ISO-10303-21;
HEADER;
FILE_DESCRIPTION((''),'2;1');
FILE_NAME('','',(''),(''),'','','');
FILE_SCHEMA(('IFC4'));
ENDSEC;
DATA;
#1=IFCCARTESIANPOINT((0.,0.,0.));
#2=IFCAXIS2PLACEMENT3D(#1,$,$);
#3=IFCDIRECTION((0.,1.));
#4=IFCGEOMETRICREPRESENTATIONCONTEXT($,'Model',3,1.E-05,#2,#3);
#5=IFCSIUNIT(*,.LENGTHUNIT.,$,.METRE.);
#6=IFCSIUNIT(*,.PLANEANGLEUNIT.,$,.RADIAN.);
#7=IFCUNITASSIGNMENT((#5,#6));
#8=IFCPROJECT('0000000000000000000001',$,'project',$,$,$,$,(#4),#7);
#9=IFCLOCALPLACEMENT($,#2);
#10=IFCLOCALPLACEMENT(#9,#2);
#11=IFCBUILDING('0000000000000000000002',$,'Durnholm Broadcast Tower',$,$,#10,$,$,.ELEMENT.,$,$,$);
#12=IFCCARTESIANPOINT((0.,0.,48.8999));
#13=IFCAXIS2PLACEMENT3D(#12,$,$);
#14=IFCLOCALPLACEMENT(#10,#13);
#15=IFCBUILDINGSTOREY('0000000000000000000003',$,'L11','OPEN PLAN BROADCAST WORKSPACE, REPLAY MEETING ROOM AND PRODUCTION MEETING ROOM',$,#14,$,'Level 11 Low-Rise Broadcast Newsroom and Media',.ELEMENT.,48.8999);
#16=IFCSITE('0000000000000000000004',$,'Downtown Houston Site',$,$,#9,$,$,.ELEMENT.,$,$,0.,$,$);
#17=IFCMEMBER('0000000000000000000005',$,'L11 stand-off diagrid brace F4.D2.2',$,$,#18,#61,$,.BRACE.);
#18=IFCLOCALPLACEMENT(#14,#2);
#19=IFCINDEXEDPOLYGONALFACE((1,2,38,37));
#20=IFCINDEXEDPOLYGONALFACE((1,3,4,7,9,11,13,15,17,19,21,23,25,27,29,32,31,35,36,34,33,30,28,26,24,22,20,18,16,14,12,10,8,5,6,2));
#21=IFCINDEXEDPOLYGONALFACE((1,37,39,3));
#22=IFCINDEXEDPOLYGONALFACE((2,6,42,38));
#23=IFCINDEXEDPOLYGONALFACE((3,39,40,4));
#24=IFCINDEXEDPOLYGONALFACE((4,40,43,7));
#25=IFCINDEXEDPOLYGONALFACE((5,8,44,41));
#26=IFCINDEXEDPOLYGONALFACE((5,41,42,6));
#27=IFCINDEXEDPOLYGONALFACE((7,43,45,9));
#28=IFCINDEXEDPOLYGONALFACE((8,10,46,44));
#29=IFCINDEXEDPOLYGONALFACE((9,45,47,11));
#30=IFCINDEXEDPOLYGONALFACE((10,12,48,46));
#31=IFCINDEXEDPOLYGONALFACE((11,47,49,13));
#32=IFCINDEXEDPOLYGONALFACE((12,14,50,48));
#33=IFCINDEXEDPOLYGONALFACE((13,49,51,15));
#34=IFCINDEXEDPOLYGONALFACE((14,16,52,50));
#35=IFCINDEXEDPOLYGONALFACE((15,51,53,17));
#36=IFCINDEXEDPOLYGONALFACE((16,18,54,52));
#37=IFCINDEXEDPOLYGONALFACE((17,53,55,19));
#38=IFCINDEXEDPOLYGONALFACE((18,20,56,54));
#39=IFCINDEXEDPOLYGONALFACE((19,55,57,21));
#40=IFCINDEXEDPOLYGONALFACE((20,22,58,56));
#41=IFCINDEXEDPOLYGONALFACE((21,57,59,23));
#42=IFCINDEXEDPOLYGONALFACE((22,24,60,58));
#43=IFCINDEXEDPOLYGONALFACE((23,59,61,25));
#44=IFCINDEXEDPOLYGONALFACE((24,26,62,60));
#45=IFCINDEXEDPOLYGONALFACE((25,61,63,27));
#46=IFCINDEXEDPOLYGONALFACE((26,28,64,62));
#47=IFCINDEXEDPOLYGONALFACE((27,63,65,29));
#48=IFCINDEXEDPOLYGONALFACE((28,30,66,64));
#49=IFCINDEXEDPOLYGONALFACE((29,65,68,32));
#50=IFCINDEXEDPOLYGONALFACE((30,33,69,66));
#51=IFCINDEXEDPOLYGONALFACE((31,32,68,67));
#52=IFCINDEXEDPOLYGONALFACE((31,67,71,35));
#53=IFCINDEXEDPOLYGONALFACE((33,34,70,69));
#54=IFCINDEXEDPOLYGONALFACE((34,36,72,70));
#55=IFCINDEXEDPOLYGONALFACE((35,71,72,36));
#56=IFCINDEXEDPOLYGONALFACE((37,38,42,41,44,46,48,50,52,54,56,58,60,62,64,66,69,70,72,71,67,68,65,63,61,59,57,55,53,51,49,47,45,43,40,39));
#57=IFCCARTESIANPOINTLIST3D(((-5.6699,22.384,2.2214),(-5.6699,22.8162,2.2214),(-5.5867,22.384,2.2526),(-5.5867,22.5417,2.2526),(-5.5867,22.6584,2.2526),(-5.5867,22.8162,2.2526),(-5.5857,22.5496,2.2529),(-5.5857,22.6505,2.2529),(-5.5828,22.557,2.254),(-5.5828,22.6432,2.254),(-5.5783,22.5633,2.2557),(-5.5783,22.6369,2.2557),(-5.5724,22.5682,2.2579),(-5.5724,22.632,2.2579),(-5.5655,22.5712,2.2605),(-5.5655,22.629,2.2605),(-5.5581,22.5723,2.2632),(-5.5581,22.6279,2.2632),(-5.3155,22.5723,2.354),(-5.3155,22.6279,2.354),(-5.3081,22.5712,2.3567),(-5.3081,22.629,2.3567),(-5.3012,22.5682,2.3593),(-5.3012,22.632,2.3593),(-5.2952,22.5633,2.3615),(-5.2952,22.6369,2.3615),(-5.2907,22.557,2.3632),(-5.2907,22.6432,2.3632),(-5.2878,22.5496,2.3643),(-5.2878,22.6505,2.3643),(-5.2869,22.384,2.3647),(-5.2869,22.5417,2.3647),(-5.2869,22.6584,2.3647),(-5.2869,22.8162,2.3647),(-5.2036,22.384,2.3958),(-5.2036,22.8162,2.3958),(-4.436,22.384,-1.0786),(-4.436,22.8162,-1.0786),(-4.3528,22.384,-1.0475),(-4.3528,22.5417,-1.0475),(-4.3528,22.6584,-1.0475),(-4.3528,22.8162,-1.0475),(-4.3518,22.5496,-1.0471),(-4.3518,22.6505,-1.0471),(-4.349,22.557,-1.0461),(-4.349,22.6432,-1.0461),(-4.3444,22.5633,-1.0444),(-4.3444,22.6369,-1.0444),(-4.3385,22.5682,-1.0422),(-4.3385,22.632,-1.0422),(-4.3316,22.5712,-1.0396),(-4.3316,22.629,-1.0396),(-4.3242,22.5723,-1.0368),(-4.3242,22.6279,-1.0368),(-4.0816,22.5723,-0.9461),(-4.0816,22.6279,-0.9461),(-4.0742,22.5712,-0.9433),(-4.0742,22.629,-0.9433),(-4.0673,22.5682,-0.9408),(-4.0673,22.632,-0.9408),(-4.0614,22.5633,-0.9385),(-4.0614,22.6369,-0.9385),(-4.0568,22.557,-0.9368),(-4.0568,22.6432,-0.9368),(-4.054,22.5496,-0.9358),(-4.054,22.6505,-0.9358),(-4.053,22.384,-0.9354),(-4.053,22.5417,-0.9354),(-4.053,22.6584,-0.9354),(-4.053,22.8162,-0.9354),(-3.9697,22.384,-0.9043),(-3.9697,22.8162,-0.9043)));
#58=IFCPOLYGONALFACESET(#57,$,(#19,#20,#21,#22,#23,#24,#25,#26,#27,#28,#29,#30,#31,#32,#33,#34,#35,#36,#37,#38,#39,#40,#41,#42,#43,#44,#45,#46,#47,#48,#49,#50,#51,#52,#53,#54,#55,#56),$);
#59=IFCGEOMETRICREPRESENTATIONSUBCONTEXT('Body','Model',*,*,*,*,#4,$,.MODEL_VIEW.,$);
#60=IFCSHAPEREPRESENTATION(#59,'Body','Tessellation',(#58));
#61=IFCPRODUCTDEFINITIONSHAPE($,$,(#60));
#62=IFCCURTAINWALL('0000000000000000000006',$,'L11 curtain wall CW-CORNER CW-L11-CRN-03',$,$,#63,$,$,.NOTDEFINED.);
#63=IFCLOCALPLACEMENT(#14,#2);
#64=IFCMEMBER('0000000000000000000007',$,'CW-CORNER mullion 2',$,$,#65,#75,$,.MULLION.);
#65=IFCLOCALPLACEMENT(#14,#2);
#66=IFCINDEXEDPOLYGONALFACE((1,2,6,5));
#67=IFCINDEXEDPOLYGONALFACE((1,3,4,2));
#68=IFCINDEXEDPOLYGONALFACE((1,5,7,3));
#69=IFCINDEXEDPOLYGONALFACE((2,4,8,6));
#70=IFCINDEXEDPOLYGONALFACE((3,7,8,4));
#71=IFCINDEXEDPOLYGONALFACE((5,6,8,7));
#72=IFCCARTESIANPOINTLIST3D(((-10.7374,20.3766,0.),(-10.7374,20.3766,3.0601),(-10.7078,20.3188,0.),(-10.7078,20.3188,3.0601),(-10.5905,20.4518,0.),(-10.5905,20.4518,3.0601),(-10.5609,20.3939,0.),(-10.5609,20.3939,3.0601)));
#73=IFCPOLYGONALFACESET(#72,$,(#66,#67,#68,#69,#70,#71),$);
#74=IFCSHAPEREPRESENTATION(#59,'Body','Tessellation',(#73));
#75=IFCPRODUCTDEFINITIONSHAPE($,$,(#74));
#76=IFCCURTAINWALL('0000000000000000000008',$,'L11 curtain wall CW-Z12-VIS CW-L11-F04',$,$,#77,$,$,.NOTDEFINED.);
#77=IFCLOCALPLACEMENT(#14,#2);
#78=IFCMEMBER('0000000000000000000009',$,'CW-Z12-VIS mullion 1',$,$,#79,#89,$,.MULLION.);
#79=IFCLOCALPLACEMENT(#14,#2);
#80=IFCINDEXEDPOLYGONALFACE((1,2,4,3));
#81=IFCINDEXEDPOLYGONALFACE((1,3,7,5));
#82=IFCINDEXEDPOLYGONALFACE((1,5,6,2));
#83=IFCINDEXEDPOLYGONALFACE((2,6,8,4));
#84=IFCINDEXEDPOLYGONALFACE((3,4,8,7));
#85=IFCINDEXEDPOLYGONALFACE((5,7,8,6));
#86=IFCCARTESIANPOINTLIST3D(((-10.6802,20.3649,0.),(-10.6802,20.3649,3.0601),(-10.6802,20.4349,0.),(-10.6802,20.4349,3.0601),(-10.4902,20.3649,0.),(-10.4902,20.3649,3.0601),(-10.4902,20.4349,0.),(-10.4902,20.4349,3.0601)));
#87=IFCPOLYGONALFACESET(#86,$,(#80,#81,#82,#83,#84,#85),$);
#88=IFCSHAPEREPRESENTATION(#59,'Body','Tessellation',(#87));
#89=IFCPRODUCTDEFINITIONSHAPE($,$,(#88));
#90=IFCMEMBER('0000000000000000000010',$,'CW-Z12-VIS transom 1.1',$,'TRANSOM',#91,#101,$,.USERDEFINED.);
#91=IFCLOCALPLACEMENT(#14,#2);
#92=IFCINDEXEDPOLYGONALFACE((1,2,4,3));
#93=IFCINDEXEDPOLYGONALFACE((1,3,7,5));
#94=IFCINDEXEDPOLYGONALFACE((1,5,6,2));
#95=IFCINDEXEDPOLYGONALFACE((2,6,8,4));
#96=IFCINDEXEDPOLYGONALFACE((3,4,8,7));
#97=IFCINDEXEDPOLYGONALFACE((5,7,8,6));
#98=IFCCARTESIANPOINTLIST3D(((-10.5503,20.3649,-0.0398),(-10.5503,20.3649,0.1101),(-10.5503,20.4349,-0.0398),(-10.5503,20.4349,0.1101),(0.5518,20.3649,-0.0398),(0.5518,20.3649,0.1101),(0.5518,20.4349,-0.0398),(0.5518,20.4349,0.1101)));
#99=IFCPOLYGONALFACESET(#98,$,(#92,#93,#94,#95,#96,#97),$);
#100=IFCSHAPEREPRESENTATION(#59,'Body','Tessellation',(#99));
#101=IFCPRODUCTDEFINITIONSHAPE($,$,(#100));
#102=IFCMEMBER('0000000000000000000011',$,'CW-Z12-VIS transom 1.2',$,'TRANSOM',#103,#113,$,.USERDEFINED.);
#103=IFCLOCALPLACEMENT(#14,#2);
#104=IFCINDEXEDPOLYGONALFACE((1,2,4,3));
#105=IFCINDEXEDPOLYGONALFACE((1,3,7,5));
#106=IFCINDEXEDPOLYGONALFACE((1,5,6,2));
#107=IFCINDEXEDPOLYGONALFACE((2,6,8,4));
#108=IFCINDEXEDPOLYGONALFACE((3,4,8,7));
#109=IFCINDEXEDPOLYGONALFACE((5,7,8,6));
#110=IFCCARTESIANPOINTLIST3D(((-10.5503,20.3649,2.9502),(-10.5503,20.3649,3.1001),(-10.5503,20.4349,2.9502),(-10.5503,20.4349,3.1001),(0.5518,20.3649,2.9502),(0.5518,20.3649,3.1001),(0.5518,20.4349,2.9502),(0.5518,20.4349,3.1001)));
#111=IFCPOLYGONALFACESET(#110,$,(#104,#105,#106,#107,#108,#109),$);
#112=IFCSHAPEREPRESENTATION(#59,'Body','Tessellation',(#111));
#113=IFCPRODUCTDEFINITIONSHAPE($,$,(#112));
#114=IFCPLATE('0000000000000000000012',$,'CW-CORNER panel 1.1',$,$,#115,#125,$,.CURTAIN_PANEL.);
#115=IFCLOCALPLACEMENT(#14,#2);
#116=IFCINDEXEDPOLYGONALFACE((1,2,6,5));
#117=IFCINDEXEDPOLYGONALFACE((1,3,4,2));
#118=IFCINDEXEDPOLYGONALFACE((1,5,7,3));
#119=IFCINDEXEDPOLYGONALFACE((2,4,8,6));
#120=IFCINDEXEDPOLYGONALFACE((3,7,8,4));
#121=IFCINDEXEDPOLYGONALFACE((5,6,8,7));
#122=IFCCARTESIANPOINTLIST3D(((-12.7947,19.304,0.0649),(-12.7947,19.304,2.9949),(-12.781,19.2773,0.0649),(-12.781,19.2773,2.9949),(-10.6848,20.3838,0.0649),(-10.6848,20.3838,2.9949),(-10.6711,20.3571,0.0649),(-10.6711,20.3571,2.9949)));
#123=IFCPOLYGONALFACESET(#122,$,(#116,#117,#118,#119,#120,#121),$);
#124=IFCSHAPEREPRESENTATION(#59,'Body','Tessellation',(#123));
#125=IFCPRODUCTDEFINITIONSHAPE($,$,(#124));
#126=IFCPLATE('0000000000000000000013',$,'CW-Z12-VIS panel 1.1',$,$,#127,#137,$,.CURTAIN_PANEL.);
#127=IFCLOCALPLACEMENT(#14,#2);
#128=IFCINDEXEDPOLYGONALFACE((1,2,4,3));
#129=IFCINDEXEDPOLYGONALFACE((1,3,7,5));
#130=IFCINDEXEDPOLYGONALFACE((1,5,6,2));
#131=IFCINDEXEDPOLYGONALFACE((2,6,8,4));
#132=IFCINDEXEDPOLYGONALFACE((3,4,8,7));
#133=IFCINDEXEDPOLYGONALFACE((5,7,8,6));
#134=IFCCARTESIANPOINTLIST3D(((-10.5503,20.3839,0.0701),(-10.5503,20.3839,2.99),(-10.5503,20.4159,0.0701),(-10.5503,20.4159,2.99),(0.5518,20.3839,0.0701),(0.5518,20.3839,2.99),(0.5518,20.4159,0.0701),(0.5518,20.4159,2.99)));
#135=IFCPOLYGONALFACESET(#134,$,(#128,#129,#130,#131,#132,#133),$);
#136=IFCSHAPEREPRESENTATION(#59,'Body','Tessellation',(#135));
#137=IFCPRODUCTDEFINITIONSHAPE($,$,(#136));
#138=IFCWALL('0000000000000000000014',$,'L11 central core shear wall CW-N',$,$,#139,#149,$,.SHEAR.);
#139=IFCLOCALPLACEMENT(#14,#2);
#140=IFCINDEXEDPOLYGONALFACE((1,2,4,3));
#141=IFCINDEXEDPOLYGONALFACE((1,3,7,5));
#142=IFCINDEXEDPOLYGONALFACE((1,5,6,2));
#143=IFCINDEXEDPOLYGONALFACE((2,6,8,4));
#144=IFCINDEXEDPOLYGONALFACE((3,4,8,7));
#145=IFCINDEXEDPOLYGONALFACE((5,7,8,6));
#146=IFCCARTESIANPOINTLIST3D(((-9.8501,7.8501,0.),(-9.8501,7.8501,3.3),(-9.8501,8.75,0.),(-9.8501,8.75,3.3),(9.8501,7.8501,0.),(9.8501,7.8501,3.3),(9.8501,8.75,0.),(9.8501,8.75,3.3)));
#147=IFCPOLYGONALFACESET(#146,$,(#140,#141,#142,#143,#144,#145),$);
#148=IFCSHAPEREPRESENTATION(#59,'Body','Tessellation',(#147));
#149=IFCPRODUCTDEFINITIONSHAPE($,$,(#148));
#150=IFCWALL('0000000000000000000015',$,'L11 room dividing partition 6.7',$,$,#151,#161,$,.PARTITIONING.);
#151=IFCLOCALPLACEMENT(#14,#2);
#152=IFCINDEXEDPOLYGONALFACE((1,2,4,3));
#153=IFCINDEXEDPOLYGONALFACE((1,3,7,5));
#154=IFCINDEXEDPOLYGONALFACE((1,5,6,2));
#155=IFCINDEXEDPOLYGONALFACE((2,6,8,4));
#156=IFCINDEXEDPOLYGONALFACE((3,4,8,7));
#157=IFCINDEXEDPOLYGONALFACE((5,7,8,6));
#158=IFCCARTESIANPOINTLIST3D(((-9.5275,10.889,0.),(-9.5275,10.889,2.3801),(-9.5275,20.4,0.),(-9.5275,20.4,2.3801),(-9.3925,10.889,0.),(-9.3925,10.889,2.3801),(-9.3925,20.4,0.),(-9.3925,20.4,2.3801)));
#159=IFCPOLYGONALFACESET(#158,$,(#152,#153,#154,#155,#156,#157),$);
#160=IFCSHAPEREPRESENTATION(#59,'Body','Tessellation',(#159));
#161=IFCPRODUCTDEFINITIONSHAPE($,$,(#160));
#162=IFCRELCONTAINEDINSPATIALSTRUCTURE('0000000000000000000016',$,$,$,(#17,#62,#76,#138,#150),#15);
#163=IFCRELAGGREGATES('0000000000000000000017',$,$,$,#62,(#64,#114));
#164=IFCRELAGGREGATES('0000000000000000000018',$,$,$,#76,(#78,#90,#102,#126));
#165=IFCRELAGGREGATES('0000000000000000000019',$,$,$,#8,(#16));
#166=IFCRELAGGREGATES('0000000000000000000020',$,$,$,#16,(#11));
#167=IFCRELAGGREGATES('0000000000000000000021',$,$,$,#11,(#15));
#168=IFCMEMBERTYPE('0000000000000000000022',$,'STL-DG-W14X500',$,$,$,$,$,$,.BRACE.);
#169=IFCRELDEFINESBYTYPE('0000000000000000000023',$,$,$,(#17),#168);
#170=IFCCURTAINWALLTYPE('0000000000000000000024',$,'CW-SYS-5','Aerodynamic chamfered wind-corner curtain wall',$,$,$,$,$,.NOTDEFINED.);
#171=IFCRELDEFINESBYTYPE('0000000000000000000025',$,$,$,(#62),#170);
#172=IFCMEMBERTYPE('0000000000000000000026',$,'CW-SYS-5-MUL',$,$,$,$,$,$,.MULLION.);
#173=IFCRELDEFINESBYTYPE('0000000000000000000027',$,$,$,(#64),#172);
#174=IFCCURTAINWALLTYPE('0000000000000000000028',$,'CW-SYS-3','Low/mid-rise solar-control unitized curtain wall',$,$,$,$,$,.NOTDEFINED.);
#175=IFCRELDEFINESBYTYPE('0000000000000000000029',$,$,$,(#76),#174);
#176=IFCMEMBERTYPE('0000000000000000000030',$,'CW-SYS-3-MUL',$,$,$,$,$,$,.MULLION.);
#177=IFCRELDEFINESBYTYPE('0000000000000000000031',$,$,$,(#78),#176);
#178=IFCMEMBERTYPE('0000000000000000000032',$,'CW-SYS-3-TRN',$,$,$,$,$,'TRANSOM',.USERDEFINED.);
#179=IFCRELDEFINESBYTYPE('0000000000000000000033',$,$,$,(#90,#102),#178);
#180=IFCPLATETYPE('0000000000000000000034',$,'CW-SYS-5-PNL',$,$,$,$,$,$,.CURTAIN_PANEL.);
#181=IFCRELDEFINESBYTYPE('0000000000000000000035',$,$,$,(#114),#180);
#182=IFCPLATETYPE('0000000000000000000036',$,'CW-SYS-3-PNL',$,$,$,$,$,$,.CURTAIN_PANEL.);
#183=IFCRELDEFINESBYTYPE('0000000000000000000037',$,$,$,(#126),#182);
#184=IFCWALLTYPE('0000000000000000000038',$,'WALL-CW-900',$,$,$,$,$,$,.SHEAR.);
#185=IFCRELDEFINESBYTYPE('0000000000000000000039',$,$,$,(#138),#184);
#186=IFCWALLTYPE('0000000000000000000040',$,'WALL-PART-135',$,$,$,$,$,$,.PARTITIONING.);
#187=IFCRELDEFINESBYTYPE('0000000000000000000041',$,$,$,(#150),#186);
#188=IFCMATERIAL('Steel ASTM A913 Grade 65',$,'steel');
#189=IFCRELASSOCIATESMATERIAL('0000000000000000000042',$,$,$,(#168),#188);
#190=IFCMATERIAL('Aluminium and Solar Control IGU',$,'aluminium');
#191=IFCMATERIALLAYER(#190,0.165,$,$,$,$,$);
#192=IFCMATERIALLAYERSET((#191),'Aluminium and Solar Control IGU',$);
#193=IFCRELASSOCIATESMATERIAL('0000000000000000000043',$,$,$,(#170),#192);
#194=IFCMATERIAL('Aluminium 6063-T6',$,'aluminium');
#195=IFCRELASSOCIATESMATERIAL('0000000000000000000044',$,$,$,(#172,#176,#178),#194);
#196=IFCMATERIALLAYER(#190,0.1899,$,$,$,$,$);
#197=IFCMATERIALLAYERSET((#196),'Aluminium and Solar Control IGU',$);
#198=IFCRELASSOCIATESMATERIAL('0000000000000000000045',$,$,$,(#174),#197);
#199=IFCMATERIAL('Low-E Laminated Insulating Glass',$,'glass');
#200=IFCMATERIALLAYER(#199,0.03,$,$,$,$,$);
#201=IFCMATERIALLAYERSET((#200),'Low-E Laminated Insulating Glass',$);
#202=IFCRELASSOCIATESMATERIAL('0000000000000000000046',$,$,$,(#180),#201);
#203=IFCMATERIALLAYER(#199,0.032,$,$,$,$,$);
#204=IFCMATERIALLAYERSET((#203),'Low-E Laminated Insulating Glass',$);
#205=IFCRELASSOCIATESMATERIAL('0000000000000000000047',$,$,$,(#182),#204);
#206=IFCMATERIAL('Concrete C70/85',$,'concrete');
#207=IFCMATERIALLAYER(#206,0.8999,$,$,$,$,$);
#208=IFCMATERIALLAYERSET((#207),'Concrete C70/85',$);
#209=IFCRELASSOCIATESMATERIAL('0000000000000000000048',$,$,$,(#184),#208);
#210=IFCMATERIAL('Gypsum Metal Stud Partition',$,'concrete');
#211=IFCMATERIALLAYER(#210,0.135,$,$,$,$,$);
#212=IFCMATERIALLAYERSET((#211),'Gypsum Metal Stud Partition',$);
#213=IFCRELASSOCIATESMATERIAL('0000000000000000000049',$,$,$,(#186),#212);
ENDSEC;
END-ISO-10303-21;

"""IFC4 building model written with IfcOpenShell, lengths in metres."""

from ifc_helpers import new_model, si_unit, direction, frame, frame_2d, origin, origin_2d, place, context, subcontext, project, spatial, rectangle, i_section, extrude, source, transform, mapped, material, layer, layer_set, material_profile, profile_set, type_object, type_shapes, element, aggregate, save


model = new_model("IFC4")

# Units and contexts
model_context = context("Model", 3, precision=1e-05, world=origin(), true_north=direction((0.0, 1.0)))
body_context = subcontext(model_context, "Body", "Model", "MODEL_VIEW")
ifc_project = project(units=[si_unit("LENGTHUNIT", "METRE"), si_unit("PLANEANGLEUNIT", "RADIAN")], contexts=[model_context])

# Site, building, storey
site_placement = place(None, origin())
site = spatial("IfcSite", under=ifc_project, at=site_placement, Name="Downtown Houston Site", CompositionType="ELEMENT", RefElevation=0.0)
building_placement = place(site_placement, origin())
building = spatial("IfcBuilding", under=site, at=building_placement, Name="Durnholm Broadcast Tower", CompositionType="ELEMENT")
storey_placement = place(building_placement, frame((0.0, 0.0, 48.8999)))
storey = spatial("IfcBuildingStorey", under=building, at=storey_placement, Name="L11", Description="OPEN PLAN BROADCAST WORKSPACE, REPLAY MEETING ROOM AND PRODUCTION MEETING ROOM", LongName="Level 11 Low-Rise Broadcast Newsroom and Media", CompositionType="ELEMENT", Elevation=48.8999)

# Shared definitions
ifc_material_1 = material(Name="Concrete C70/85", Category="concrete")

# Member
ifc_material_2 = material(Name="Steel ASTM A913 Grade 65", Category="steel")
ifc_material_profile_1 = material_profile(ifc_material_2, i_section(OverallWidth=0.4321, OverallDepth=0.4978, WebThickness=0.0557, FlangeThickness=0.0889, FilletRadius=0.0305, at=origin_2d()), Name="W14X500")
ifc_profile_set_1 = profile_set([ifc_material_profile_1], Name="Steel ASTM A913 Grade 65")
member_type_1 = type_object("IfcMemberType", Name="STL-DG-W14X500", PredefinedType="BRACE", material=ifc_profile_set_1)
shared_shape_1 = source(origin(), body_context, "Body", "SweptSolid", [
    extrude(i_section(OverallWidth=0.4321, OverallDepth=0.4978, WebThickness=0.0557, FlangeThickness=0.0889, FilletRadius=0.0305, at=origin_2d()), origin(), (0.0, 0.0, 1.0), 3.5232),
])
type_shapes(member_type_1, [shared_shape_1])
for number, where, z_axis, x_axis, name in (
    (1, (-4.2029, 22.6001, -0.9915), (-0.35022, 0.0, 0.936668), (0.0, -1.0, 0.0), "L11 stand-off diagrid brace F4.D2.2"),
):
    element("IfcMember", number, at=place(storey_placement, frame(where, z_axis=z_axis, x_axis=x_axis)), inside=storey, type_object=member_type_1, Name=name, PredefinedType="BRACE", context=body_context, shape_type="MappedRepresentation", body=[
        mapped(shared_shape_1, transform((0.0, 0.0, 0.0), x_axis=(1.0, 0.0, 0.0), y_axis=(0.0, 1.0, 0.0), z_axis=(0.0, 0.0, 1.0), scale=1.0)),
    ])

# Curtain wall, member
ifc_material_3 = material(Name="Aluminium and Solar Control IGU", Category="aluminium")
ifc_layer_1 = layer(ifc_material_3, 0.165)
ifc_layer_set_1 = layer_set([ifc_layer_1], Name="Aluminium and Solar Control IGU")
curtain_wall_type_1 = type_object("IfcCurtainWallType", Name="CW-SYS-5", Description="Aerodynamic chamfered wind-corner curtain wall", PredefinedType="NOTDEFINED", material=ifc_layer_set_1)
curtain_wall_1_placement = place(storey_placement, origin())
curtain_wall_1 = element("IfcCurtainWall", 2, at=curtain_wall_1_placement, inside=storey, type_object=curtain_wall_type_1, Name="L11 curtain wall CW-CORNER CW-L11-CRN-03", PredefinedType="NOTDEFINED")
ifc_material_4 = material(Name="Aluminium 6063-T6", Category="aluminium")
ifc_material_profile_2 = material_profile(ifc_material_4, rectangle(XDim=0.0649, YDim=0.165, at=origin_2d()), Name="CWM65X165")
ifc_profile_set_2 = profile_set([ifc_material_profile_2], Name="Aluminium 6063-T6")
member_type_2 = type_object("IfcMemberType", Name="CW-SYS-5-MUL", PredefinedType="MULLION", material=ifc_profile_set_2)
shared_shape_2 = source(origin(), body_context, "Body", "SweptSolid", [
    extrude(rectangle(XDim=0.0649, YDim=0.165, at=origin_2d()), origin(), (0.0, 0.0, 1.0), 3.0601),
])
type_shapes(member_type_2, [shared_shape_2])
member_1_placement = place(storey_placement, frame((-10.6492, 20.3853, 0.0), z_axis=(0.0, 0.0, 1.0), x_axis=(-0.455594, 0.890188, 0.0)))
member_1 = element("IfcMember", 3, at=member_1_placement, type_object=member_type_2, Name="CW-CORNER mullion 2", PredefinedType="MULLION", context=body_context, shape_type="MappedRepresentation", body=[
    mapped(shared_shape_2, transform((0.0, 0.0, 0.0), x_axis=(1.0, 0.0, 0.0), y_axis=(0.0, 1.0, 0.0), z_axis=(0.0, 0.0, 1.0), scale=1.0)),
])

# Curtain wall, members
ifc_layer_2 = layer(ifc_material_3, 0.1899)
ifc_layer_set_2 = layer_set([ifc_layer_2], Name="Aluminium and Solar Control IGU")
curtain_wall_type_2 = type_object("IfcCurtainWallType", Name="CW-SYS-3", Description="Low/mid-rise solar-control unitized curtain wall", PredefinedType="NOTDEFINED", material=ifc_layer_set_2)
curtain_wall_2_placement = place(storey_placement, origin())
curtain_wall_2 = element("IfcCurtainWall", 4, at=curtain_wall_2_placement, inside=storey, type_object=curtain_wall_type_2, Name="L11 curtain wall CW-Z12-VIS CW-L11-F04", PredefinedType="NOTDEFINED")
ifc_material_profile_3 = material_profile(ifc_material_4, rectangle(XDim=0.0701, YDim=0.1899, at=origin_2d()), Name="CWM70X190")
ifc_profile_set_3 = profile_set([ifc_material_profile_3], Name="Aluminium 6063-T6")
member_type_3 = type_object("IfcMemberType", Name="CW-SYS-3-MUL", PredefinedType="MULLION", material=ifc_profile_set_3)
shared_shape_3 = source(origin(), body_context, "Body", "SweptSolid", [
    extrude(rectangle(XDim=0.0701, YDim=0.1899, at=origin_2d()), origin(), (0.0, 0.0, 1.0), 3.0601),
])
type_shapes(member_type_3, [shared_shape_3])
member_2_placement = place(storey_placement, frame((-10.5852, 20.3999, 0.0), z_axis=(0.0, 0.0, 1.0), x_axis=(0.0, 1.0, 0.0)))
member_2 = element("IfcMember", 5, at=member_2_placement, type_object=member_type_3, Name="CW-Z12-VIS mullion 1", PredefinedType="MULLION", context=body_context, shape_type="MappedRepresentation", body=[
    mapped(shared_shape_3, transform((0.0, 0.0, 0.0), x_axis=(1.0, 0.0, 0.0), y_axis=(0.0, 1.0, 0.0), z_axis=(0.0, 0.0, 1.0), scale=1.0)),
])
ifc_material_profile_4 = material_profile(ifc_material_4, rectangle(XDim=0.0701, YDim=0.1499, at=origin_2d()), Name="CWT70X150")
ifc_profile_set_4 = profile_set([ifc_material_profile_4], Name="Aluminium 6063-T6")
member_type_4 = type_object("IfcMemberType", Name="CW-SYS-3-TRN", ElementType="TRANSOM", PredefinedType="USERDEFINED", material=ifc_profile_set_4)
shared_shape_4 = source(origin(), body_context, "Body", "SweptSolid", [
    extrude(rectangle(XDim=0.0701, YDim=0.1499, at=origin_2d()), origin(), (0.0, 0.0, 1.0), 11.1021),
])
type_shapes(member_type_4, [shared_shape_4])
member_3_placement = place(storey_placement, frame((-10.5503, 20.3999, 0.0352), z_axis=(1.0, 0.0, 0.0), x_axis=(0.0, 1.0, 0.0)))
member_3 = element("IfcMember", 6, at=member_3_placement, type_object=member_type_4, Name="CW-Z12-VIS transom 1.1", ObjectType="TRANSOM", PredefinedType="USERDEFINED", context=body_context, shape_type="MappedRepresentation", body=[
    mapped(shared_shape_4, transform((0.0, 0.0, 0.0), x_axis=(1.0, 0.0, 0.0), y_axis=(0.0, 1.0, 0.0), z_axis=(0.0, 0.0, 1.0), scale=1.0)),
])
member_4_placement = place(storey_placement, frame((-10.5503, 20.3999, 3.0251), z_axis=(1.0, 0.0, 0.0), x_axis=(0.0, 1.0, 0.0)))
member_4 = element("IfcMember", 7, at=member_4_placement, type_object=member_type_4, Name="CW-Z12-VIS transom 1.2", ObjectType="TRANSOM", PredefinedType="USERDEFINED", context=body_context, shape_type="MappedRepresentation", body=[
    mapped(shared_shape_4, transform((0.0, 0.0, 0.0), x_axis=(1.0, 0.0, 0.0), y_axis=(0.0, 1.0, 0.0), z_axis=(0.0, 0.0, 1.0), scale=1.0)),
])

# Plates
ifc_material_5 = material(Name="Low-E Laminated Insulating Glass", Category="glass")
ifc_layer_3 = layer(ifc_material_5, 0.03)
ifc_layer_set_3 = layer_set([ifc_layer_3], Name="Low-E Laminated Insulating Glass")
plate_type_1 = type_object("IfcPlateType", Name="CW-SYS-5-PNL", PredefinedType="CURTAIN_PANEL", material=ifc_layer_set_3)
shared_shape_5 = source(origin(), body_context, "Body", "SweptSolid", [
    extrude(rectangle(XDim=2.3701, YDim=0.03, at=origin_2d()), origin(), (0.0, 0.0, 1.0), 2.9299),
])
type_shapes(plate_type_1, [shared_shape_5])
plate_1_placement = place(storey_placement, frame((-11.7329, 19.8306, 0.0649), z_axis=(0.0, 0.0, 1.0), x_axis=(0.890188, 0.455594, 0.0)))
plate_1 = element("IfcPlate", 8, at=plate_1_placement, type_object=plate_type_1, Name="CW-CORNER panel 1.1", PredefinedType="CURTAIN_PANEL", context=body_context, shape_type="MappedRepresentation", body=[
    mapped(shared_shape_5, transform((0.0, 0.0, 0.0), x_axis=(1.0, 0.0, 0.0), y_axis=(0.0, 1.0, 0.0), z_axis=(0.0, 0.0, 1.0), scale=1.0)),
])
aggregate(curtain_wall_1, [member_1, plate_1])
ifc_layer_4 = layer(ifc_material_5, 0.032)
ifc_layer_set_4 = layer_set([ifc_layer_4], Name="Low-E Laminated Insulating Glass")
plate_type_2 = type_object("IfcPlateType", Name="CW-SYS-3-PNL", PredefinedType="CURTAIN_PANEL", material=ifc_layer_set_4)
shared_shape_6 = source(origin(), body_context, "Body", "SweptSolid", [
    extrude(rectangle(XDim=11.1021, YDim=0.032, at=origin_2d()), origin(), (0.0, 0.0, 1.0), 2.9199),
])
type_shapes(plate_type_2, [shared_shape_6])
plate_2_placement = place(storey_placement, frame((-4.9993, 20.3999, 0.0701), z_axis=(0.0, 0.0, 1.0), x_axis=(1.0, 0.0, 0.0)))
plate_2 = element("IfcPlate", 9, at=plate_2_placement, type_object=plate_type_2, Name="CW-Z12-VIS panel 1.1", PredefinedType="CURTAIN_PANEL", context=body_context, shape_type="MappedRepresentation", body=[
    mapped(shared_shape_6, transform((0.0, 0.0, 0.0), x_axis=(1.0, 0.0, 0.0), y_axis=(0.0, 1.0, 0.0), z_axis=(0.0, 0.0, 1.0), scale=1.0)),
])
aggregate(curtain_wall_2, [member_2, member_3, member_4, plate_2])

# Walls
ifc_layer_5 = layer(ifc_material_1, 0.8999)
ifc_layer_set_5 = layer_set([ifc_layer_5], Name="Concrete C70/85")
wall_type_1 = type_object("IfcWallType", Name="WALL-CW-900", PredefinedType="SHEAR", material=ifc_layer_set_5)
wall_1_placement = place(storey_placement, frame((-9.8501, 8.3, 0.0), z_axis=(0.0, 0.0, 1.0), x_axis=(1.0, 0.0, 0.0)))
element("IfcWall", 10, at=wall_1_placement, inside=storey, type_object=wall_type_1, Name="L11 central core shear wall CW-N", PredefinedType="SHEAR", context=body_context, shape_type="SweptSolid", body=[
    extrude(rectangle(XDim=19.7002, YDim=0.8999, at=frame_2d((9.8501, 0.0))), origin(), (0.0, 0.0, 1.0), 3.3),
])
ifc_material_6 = material(Name="Gypsum Metal Stud Partition", Category="concrete")
ifc_layer_6 = layer(ifc_material_6, 0.135)
ifc_layer_set_6 = layer_set([ifc_layer_6], Name="Gypsum Metal Stud Partition")
wall_type_2 = type_object("IfcWallType", Name="WALL-PART-135", PredefinedType="PARTITIONING", material=ifc_layer_set_6)
wall_2_placement = place(storey_placement, frame((-9.46, 20.3999, 0.0), z_axis=(0.0, 0.0, 1.0), x_axis=(0.0, -1.0, 0.0)))
element("IfcWall", 11, at=wall_2_placement, inside=storey, type_object=wall_type_2, Name="L11 room dividing partition 6.7", PredefinedType="PARTITIONING", context=body_context, shape_type="SweptSolid", body=[
    extrude(rectangle(XDim=9.511, YDim=0.135, at=frame_2d((4.7554, 0.0))), origin(), (0.0, 0.0, 1.0), 2.3801),
])

save(model, "model.ifc")
